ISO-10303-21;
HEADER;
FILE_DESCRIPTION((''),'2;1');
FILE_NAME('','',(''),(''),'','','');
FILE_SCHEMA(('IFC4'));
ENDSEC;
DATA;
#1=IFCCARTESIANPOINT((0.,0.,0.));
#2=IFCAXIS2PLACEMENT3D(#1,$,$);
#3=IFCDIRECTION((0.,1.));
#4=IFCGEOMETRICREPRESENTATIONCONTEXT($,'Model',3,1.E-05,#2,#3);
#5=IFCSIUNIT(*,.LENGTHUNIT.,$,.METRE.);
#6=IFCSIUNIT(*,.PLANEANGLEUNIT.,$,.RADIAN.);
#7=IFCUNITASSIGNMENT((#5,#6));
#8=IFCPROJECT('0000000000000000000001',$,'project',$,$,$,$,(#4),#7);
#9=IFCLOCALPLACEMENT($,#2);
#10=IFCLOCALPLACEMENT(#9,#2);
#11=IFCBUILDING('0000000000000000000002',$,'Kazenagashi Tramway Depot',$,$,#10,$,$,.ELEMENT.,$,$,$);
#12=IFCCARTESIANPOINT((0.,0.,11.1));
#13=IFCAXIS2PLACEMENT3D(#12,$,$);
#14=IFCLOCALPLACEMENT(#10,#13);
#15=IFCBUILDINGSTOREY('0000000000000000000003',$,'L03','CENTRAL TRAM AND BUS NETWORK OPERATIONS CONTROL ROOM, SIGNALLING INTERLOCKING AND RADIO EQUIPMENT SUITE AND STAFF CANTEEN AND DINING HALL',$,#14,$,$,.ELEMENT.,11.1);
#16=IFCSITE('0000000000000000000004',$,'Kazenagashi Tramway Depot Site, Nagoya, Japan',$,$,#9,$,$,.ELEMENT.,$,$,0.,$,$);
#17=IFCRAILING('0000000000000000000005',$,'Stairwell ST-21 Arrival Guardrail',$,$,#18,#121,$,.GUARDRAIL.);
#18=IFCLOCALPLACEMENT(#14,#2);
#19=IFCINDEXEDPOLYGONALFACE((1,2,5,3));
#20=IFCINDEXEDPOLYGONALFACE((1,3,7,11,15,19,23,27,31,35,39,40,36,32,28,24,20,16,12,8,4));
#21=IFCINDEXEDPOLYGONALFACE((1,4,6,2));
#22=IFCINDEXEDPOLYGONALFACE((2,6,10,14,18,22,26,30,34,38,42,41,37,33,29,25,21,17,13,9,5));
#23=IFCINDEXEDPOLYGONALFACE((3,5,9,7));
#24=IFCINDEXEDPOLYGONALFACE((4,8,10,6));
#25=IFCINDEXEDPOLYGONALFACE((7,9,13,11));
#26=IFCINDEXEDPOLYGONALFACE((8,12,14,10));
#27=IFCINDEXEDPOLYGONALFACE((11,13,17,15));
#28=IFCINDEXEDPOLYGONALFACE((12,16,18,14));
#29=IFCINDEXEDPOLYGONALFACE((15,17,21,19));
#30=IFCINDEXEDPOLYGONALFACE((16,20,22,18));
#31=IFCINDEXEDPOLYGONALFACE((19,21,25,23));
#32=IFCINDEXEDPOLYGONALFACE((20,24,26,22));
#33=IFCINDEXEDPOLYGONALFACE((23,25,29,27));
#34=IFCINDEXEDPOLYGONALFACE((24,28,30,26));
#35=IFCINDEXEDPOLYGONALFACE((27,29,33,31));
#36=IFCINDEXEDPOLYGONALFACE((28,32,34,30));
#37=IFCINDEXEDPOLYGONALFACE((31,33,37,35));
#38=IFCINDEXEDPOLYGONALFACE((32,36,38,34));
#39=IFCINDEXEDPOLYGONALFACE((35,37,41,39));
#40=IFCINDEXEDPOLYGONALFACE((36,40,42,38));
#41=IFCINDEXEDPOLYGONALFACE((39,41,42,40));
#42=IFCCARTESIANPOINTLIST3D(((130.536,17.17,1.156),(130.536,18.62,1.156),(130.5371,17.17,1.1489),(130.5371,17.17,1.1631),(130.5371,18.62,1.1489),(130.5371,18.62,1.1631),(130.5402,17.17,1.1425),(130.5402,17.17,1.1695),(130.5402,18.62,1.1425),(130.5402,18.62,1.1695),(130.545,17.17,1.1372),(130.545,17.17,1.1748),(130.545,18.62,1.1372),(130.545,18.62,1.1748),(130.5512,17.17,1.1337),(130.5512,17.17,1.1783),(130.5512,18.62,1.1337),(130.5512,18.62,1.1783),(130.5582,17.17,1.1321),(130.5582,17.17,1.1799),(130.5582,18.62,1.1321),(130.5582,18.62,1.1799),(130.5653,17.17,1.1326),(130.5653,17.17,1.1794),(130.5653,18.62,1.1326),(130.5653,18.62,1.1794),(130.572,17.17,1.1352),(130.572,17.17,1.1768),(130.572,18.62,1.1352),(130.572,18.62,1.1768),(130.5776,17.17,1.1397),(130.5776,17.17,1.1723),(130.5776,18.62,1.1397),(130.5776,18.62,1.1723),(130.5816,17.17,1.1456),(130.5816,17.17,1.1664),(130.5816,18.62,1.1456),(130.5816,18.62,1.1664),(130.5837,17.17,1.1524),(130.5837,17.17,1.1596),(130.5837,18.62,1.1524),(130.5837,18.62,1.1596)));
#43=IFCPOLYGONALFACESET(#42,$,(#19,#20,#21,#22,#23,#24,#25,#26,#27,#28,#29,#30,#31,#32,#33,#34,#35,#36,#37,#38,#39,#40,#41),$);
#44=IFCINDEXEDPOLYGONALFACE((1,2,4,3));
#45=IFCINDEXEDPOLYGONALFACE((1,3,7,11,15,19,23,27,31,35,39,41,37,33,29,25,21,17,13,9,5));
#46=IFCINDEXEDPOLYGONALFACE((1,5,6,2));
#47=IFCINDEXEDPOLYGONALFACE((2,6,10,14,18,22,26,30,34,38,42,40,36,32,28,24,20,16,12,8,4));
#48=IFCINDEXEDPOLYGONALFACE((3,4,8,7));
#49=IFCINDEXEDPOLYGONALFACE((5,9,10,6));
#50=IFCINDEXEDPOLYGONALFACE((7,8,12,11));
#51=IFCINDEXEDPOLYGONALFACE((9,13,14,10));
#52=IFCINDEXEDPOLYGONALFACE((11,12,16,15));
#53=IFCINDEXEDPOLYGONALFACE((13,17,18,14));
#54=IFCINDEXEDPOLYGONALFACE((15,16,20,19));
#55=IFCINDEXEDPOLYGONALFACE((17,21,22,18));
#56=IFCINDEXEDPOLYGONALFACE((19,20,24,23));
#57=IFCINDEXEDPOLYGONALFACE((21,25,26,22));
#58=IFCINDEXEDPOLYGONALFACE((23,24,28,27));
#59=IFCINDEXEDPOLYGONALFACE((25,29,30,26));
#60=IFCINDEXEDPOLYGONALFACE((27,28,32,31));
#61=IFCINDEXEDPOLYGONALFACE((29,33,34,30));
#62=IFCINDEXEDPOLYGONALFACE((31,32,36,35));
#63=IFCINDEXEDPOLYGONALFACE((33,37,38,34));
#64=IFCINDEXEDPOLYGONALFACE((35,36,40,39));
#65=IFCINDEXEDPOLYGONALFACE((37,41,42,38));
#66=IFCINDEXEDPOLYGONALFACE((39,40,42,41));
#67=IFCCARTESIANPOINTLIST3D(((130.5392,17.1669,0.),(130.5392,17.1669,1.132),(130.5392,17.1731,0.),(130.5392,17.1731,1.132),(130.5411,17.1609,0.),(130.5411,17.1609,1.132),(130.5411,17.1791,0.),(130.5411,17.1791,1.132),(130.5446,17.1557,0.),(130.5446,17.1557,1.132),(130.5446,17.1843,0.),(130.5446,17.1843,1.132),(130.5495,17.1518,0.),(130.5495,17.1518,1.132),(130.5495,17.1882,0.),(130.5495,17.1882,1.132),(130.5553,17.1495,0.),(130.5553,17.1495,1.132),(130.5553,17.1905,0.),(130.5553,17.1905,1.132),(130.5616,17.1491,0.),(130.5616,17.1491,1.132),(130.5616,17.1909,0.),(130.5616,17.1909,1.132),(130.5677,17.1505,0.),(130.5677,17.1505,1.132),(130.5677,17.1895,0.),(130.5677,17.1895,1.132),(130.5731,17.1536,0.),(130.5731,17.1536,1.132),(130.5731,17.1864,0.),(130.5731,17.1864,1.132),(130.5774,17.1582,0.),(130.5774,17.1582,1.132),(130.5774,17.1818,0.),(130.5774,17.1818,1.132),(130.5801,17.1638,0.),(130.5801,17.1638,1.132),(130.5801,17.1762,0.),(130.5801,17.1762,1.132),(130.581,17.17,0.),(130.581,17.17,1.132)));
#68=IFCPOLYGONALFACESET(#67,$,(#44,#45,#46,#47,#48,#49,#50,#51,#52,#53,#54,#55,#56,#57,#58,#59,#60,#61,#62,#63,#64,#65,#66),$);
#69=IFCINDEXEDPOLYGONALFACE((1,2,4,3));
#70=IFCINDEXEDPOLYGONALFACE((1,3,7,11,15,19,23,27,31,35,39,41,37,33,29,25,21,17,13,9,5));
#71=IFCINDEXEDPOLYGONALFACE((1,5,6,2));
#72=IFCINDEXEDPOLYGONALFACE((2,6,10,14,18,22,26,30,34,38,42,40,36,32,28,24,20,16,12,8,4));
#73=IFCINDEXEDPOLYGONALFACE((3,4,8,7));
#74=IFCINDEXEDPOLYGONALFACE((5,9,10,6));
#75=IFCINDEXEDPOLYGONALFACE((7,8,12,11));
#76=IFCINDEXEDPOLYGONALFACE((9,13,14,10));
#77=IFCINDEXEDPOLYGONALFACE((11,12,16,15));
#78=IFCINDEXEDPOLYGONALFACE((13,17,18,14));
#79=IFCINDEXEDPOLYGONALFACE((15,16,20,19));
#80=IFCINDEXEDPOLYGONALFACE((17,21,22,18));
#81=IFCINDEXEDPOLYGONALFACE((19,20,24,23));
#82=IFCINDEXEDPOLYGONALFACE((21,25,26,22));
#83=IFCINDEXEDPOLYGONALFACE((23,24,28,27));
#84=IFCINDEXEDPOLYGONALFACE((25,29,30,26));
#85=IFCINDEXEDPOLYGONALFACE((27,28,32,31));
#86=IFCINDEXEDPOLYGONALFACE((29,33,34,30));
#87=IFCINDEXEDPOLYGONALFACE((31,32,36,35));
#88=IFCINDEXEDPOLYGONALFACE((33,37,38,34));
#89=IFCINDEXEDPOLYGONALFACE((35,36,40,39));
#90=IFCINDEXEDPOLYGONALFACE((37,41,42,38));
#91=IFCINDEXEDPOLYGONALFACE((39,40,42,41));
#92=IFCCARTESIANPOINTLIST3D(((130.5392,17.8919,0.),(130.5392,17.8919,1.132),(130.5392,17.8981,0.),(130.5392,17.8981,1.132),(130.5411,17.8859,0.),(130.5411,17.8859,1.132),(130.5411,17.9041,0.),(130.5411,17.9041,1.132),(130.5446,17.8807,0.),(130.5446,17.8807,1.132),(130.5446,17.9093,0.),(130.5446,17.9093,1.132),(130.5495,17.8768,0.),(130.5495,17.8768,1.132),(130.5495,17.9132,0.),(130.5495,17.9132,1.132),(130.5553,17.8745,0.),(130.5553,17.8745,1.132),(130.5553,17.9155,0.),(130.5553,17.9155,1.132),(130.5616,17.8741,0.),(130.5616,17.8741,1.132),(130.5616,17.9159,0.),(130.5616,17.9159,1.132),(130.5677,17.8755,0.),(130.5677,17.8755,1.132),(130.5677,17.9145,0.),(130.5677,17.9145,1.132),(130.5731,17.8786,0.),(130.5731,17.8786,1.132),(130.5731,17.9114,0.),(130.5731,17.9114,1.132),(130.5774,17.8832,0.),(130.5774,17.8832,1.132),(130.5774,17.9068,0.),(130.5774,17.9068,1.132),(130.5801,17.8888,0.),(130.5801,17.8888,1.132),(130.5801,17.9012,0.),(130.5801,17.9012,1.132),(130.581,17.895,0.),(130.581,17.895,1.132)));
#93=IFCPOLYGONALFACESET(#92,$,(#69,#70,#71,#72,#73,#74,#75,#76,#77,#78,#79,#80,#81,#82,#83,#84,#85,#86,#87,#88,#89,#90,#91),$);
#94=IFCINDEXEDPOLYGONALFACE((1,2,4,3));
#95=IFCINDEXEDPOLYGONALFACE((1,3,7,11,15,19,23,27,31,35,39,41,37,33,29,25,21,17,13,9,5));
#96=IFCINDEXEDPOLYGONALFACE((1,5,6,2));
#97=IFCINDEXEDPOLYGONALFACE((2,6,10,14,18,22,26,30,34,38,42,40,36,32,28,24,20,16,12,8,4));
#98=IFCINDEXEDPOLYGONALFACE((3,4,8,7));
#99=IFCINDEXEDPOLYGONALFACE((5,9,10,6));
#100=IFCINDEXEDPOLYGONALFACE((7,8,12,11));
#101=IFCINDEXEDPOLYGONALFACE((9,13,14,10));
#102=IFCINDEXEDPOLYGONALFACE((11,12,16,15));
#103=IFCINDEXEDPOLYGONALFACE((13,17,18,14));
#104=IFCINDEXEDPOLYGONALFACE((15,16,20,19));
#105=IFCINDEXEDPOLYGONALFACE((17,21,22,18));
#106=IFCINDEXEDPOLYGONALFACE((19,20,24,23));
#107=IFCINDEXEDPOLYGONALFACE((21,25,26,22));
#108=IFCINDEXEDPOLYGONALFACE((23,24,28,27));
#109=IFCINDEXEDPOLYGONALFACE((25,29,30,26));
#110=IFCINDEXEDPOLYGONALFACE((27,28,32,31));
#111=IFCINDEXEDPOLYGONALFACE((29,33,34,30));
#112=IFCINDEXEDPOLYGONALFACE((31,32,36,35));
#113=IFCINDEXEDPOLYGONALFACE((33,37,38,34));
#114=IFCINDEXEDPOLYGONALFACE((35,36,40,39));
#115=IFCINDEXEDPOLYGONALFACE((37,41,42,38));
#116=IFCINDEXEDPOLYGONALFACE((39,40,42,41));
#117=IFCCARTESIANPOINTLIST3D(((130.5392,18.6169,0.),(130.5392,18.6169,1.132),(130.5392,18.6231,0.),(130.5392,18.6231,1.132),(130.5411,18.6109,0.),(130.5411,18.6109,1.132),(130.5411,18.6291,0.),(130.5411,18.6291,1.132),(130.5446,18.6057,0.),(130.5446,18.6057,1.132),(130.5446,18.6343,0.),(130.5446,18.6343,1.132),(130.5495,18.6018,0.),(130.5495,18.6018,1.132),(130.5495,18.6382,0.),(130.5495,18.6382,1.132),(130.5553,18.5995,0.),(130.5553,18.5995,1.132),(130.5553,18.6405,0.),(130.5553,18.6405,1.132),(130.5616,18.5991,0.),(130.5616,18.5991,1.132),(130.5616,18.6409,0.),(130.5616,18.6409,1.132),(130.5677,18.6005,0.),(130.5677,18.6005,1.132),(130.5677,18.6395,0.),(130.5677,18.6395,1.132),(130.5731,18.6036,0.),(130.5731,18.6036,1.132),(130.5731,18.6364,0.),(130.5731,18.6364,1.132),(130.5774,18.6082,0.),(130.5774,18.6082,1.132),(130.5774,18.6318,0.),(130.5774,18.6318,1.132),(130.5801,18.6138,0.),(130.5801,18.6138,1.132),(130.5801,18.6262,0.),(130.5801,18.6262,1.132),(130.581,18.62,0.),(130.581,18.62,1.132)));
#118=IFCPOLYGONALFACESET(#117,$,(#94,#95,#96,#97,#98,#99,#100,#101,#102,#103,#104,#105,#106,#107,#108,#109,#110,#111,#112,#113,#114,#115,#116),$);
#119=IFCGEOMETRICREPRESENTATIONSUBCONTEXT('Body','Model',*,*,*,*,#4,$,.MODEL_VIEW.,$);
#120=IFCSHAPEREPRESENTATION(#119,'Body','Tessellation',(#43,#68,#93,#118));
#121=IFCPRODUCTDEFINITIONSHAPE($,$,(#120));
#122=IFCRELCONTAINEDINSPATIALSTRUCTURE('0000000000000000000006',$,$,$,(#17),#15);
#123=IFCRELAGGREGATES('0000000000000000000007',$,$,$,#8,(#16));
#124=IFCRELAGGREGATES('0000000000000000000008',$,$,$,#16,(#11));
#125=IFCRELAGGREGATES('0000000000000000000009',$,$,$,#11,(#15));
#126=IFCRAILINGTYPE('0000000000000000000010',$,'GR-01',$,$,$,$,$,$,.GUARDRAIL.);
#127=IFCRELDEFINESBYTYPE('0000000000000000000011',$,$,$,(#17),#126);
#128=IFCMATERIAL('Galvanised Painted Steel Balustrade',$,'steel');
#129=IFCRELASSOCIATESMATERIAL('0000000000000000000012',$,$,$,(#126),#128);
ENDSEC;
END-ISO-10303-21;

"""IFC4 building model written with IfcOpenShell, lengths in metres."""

from ifc_helpers import new_model, si_unit, direction, frame, origin, origin_2d, place, context, subcontext, project, spatial, circle, extrude, material, type_object, element, save


model = new_model("IFC4")

# Units and contexts
model_context = context("Model", 3, precision=1e-05, world=origin(), true_north=direction((0.0, 1.0)))
body_context = subcontext(model_context, "Body", "Model", "MODEL_VIEW")
ifc_project = project(units=[si_unit("LENGTHUNIT", "METRE"), si_unit("PLANEANGLEUNIT", "RADIAN")], contexts=[model_context])

# Site, building, storey
site_placement = place(None, origin())
site = spatial("IfcSite", under=ifc_project, at=site_placement, Name="Kazenagashi Tramway Depot Site, Nagoya, Japan", CompositionType="ELEMENT", RefElevation=0.0)
building_placement = place(site_placement, origin())
building = spatial("IfcBuilding", under=site, at=building_placement, Name="Kazenagashi Tramway Depot", CompositionType="ELEMENT")
storey_placement = place(building_placement, frame((0.0, 0.0, 11.1)))
storey = spatial("IfcBuildingStorey", under=building, at=storey_placement, Name="L03", Description="CENTRAL TRAM AND BUS NETWORK OPERATIONS CONTROL ROOM, SIGNALLING INTERLOCKING AND RADIO EQUIPMENT SUITE AND STAFF CANTEEN AND DINING HALL", CompositionType="ELEMENT", Elevation=11.1)

# Railing
ifc_material_1 = material(Name="Galvanised Painted Steel Balustrade", Category="steel")
railing_type = type_object("IfcRailingType", Name="GR-01", PredefinedType="GUARDRAIL", material=ifc_material_1)
railing_placement = place(storey_placement, frame((130.56, 17.17, 0.0)))
element("IfcRailing", 1, at=railing_placement, inside=storey, type_object=railing_type, Name="Stairwell ST-21 Arrival Guardrail", PredefinedType="GUARDRAIL", context=body_context, shape_type="SweptSolid", body=[
    extrude(circle(Radius=0.024, at=origin_2d()), frame((0.0, 0.0, 1.156), z_axis=(0.0, 1.0, 0.0), x_axis=(-1.0, 0.0, 0.0)), (0.0, 0.0, 1.0), 1.45),
    extrude(circle(Radius=0.021, at=origin_2d()), origin(), (0.0, 0.0, 1.0), 1.132),
    extrude(circle(Radius=0.021, at=origin_2d()), frame((0.0, 0.725, 0.0)), (0.0, 0.0, 1.0), 1.132),
    extrude(circle(Radius=0.021, at=origin_2d()), frame((0.0, 1.45, 0.0)), (0.0, 0.0, 1.0), 1.132),
])

save(model, "model.ifc")
